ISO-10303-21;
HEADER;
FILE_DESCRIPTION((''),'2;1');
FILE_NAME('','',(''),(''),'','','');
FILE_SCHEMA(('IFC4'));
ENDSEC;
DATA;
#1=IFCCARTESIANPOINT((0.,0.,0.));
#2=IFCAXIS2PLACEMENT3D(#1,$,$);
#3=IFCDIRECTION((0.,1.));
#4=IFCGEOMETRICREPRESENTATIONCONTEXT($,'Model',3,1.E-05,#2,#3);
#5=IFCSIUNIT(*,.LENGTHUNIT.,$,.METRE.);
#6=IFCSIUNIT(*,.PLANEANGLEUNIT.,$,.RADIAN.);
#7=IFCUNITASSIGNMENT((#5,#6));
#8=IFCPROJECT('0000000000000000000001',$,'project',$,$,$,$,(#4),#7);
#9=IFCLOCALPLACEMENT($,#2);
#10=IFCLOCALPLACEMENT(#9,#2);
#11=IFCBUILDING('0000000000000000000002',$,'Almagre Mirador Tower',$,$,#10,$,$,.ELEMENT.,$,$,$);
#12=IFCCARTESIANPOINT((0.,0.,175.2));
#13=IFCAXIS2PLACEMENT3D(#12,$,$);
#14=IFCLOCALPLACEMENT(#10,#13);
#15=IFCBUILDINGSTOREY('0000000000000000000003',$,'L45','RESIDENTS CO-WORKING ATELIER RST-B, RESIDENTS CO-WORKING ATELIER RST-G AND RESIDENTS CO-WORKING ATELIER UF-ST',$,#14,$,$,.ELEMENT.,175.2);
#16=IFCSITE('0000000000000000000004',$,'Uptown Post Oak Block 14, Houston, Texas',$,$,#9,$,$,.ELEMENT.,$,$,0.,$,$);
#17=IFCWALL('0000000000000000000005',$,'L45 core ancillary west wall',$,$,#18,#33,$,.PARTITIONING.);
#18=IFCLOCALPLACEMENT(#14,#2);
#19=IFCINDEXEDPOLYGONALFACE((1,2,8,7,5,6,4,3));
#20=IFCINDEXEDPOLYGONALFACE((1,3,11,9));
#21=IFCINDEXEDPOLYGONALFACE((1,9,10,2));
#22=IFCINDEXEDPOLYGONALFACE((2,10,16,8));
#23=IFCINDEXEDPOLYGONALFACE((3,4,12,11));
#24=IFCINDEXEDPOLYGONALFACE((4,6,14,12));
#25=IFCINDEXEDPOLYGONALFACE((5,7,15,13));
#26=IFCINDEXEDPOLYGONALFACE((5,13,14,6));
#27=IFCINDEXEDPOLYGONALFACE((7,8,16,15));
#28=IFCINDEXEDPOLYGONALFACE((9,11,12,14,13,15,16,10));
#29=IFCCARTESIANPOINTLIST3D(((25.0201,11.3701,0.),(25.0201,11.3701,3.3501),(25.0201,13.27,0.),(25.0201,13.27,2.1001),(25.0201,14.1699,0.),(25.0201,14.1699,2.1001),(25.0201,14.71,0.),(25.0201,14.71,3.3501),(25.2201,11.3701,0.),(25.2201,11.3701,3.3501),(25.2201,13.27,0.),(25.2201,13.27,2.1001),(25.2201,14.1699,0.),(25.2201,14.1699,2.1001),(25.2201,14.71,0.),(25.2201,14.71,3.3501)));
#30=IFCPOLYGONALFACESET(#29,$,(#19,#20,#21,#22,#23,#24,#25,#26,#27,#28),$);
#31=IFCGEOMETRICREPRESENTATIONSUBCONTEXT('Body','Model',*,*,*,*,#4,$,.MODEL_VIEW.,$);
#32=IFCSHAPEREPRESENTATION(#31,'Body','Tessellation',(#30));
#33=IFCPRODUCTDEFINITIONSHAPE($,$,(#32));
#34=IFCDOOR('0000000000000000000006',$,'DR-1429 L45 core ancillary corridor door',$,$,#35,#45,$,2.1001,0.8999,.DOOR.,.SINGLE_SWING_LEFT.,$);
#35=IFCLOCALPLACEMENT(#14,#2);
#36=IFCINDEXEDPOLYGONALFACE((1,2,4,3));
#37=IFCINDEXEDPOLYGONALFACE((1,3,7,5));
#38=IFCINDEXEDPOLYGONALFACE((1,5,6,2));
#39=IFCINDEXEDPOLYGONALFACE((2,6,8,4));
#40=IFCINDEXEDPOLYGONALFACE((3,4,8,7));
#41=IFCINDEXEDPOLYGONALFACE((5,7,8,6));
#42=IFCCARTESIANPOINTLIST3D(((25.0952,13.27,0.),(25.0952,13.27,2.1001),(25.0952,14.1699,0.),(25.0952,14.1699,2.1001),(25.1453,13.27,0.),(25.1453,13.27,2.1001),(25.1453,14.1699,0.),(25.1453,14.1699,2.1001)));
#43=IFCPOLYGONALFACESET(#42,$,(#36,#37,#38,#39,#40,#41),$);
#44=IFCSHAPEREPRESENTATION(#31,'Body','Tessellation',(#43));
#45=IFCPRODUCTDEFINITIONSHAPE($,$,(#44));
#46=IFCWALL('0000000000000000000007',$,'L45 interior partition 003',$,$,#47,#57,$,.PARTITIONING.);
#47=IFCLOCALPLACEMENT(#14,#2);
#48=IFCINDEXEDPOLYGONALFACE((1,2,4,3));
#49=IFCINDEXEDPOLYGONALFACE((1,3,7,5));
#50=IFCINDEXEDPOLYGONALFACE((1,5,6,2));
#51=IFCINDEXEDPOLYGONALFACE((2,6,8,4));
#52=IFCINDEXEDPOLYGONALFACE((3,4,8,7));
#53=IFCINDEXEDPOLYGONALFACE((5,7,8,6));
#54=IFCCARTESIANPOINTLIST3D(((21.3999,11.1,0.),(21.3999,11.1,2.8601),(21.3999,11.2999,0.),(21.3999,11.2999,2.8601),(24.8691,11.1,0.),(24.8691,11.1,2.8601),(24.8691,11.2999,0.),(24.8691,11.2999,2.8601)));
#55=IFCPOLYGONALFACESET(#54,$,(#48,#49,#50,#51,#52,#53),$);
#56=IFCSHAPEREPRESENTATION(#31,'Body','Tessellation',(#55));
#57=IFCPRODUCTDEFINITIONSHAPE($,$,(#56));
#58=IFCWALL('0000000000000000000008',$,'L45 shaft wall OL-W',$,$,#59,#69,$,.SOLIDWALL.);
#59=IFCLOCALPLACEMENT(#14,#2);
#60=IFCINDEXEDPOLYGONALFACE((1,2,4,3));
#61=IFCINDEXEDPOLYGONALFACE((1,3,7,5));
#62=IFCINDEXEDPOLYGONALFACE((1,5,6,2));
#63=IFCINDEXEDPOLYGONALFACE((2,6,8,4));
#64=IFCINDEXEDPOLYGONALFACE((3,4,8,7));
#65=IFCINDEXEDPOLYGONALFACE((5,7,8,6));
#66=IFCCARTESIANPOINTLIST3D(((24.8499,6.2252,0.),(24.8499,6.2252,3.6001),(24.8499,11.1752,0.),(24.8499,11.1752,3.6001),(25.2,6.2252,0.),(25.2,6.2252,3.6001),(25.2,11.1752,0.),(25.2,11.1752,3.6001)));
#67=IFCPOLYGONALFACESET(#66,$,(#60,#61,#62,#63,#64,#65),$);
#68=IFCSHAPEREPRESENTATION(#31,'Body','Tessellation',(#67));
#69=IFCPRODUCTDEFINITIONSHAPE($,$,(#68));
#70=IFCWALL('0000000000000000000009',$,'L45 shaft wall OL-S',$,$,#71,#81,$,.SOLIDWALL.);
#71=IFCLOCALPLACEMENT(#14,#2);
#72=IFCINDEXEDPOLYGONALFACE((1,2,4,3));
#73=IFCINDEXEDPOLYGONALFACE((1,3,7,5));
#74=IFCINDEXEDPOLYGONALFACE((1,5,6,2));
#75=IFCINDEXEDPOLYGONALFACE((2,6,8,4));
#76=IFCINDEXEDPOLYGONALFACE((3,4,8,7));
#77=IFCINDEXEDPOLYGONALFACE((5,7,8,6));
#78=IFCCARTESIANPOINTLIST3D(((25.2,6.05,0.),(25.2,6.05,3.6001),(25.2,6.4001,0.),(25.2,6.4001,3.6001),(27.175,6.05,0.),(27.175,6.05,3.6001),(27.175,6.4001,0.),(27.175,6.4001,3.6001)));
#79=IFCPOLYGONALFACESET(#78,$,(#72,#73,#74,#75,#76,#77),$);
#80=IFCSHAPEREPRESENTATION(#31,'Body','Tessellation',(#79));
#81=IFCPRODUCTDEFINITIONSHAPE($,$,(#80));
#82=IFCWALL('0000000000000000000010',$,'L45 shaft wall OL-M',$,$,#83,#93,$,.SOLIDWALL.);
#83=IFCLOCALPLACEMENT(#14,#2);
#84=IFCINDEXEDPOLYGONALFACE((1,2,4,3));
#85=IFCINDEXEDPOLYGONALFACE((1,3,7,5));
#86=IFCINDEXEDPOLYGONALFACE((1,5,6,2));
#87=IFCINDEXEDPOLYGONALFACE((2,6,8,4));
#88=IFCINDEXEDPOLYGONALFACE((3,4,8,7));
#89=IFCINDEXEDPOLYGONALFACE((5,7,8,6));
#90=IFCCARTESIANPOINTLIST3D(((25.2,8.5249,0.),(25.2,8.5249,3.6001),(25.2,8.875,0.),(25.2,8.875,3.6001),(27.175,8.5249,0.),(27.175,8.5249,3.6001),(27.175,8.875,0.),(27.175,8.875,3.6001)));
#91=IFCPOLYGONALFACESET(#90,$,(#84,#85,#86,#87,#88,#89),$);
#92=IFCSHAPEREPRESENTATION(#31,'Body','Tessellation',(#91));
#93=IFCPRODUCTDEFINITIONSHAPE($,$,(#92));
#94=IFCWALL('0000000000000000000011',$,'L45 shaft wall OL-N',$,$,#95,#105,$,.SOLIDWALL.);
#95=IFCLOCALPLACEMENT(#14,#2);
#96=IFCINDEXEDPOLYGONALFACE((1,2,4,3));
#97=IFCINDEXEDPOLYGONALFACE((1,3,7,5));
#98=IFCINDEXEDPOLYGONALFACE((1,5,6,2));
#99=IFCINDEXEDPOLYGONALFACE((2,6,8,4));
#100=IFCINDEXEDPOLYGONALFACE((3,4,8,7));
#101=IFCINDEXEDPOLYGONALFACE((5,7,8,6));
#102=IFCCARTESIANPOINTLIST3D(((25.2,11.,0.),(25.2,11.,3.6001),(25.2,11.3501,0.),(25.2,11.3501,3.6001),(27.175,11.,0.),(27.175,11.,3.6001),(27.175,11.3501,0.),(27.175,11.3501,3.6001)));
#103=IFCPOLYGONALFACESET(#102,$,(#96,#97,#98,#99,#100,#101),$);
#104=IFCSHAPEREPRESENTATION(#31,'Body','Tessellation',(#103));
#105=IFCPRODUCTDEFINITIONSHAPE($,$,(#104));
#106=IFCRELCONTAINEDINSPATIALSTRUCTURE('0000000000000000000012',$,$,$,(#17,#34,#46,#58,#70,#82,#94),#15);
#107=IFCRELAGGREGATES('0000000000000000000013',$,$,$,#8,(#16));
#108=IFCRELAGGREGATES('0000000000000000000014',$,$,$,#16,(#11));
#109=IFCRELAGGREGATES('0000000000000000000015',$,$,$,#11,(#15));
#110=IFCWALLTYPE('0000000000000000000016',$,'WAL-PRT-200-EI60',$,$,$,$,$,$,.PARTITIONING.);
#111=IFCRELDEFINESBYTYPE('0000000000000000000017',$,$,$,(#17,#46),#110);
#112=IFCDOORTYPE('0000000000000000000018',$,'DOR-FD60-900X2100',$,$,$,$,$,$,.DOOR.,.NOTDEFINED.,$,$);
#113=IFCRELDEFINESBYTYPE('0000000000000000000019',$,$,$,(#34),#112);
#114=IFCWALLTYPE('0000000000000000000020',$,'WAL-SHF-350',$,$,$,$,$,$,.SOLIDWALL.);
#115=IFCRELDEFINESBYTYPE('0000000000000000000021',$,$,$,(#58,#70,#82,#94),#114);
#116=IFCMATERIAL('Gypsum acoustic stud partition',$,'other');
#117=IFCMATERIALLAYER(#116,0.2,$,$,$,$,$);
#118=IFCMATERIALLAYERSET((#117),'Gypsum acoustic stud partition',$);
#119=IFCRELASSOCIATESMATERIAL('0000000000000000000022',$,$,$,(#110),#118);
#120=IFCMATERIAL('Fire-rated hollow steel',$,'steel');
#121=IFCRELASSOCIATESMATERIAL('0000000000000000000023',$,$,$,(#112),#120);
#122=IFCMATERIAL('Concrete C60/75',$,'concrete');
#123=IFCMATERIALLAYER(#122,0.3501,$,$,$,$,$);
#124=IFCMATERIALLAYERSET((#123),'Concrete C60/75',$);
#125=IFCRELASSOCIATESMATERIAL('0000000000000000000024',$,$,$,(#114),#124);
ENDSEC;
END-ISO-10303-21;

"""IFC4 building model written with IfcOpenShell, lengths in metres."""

from ifc_helpers import new_model, si_unit, direction, frame, frame_2d, origin, place, context, subcontext, project, spatial, rectangle, extrude, material, layer, layer_set, type_object, element, fill, save


model = new_model("IFC4")

# Units and contexts
model_context = context("Model", 3, precision=1e-05, world=origin(), true_north=direction((0.0, 1.0)))
body_context = subcontext(model_context, "Body", "Model", "MODEL_VIEW")
ifc_project = project(units=[si_unit("LENGTHUNIT", "METRE"), si_unit("PLANEANGLEUNIT", "RADIAN")], contexts=[model_context])

# Site, building, storey
site_placement = place(None, origin())
site = spatial("IfcSite", under=ifc_project, at=site_placement, Name="Uptown Post Oak Block 14, Houston, Texas", CompositionType="ELEMENT", RefElevation=0.0)
building_placement = place(site_placement, origin())
building = spatial("IfcBuilding", under=site, at=building_placement, Name="Almagre Mirador Tower", CompositionType="ELEMENT")
storey_placement = place(building_placement, frame((0.0, 0.0, 175.2)))
storey = spatial("IfcBuildingStorey", under=building, at=storey_placement, Name="L45", Description="RESIDENTS CO-WORKING ATELIER RST-B, RESIDENTS CO-WORKING ATELIER RST-G AND RESIDENTS CO-WORKING ATELIER UF-ST", CompositionType="ELEMENT", Elevation=175.2)

# Wall, opening, door
ifc_material_1 = material(Name="Gypsum acoustic stud partition", Category="other")
ifc_layer_1 = layer(ifc_material_1, 0.2)
ifc_layer_set_1 = layer_set([ifc_layer_1], Name="Gypsum acoustic stud partition")
wall_type_1 = type_object("IfcWallType", Name="WAL-PRT-200-EI60", PredefinedType="PARTITIONING", material=ifc_layer_set_1)
wall_1_placement = place(storey_placement, frame((25.1201, 11.3701, 0.0), z_axis=(0.0, 0.0, 1.0), x_axis=(0.0, 1.0, 0.0)))
wall_1 = element("IfcWall", 1, at=wall_1_placement, inside=storey, type_object=wall_type_1, Name="L45 core ancillary west wall", PredefinedType="PARTITIONING", context=body_context, shape_type="SweptSolid", body=[
    extrude(rectangle(XDim=3.3398, YDim=0.2, at=frame_2d((1.6699, 0.0))), origin(), (0.0, 0.0, 1.0), 3.3501),
])
opening_1_placement = place(wall_1_placement, frame((1.8999, 0.0, 0.0)))
opening_1 = element("IfcOpeningElement", 2, at=opening_1_placement, cuts=wall_1, PredefinedType="OPENING", context=body_context, shape_type="SweptSolid", body=[
    extrude(rectangle(XDim=0.8999, YDim=2.1001, at=frame_2d((0.45, 1.05))), frame((0.0, 0.1101, 0.0), z_axis=(0.0, -1.0, 0.0), x_axis=(1.0, 0.0, 0.0)), (0.0, 0.0, 1.0), 0.22),
])
ifc_material_2 = material(Name="Fire-rated hollow steel", Category="steel")
door_type_1 = type_object("IfcDoorType", Name="DOR-FD60-900X2100", OperationType="NOTDEFINED", PredefinedType="DOOR", material=ifc_material_2)
door_1_placement = place(opening_1_placement, origin())
door_1 = element("IfcDoor", 3, at=door_1_placement, inside=storey, type_object=door_type_1, Name="DR-1429 L45 core ancillary corridor door", OperationType="SINGLE_SWING_LEFT", OverallHeight=2.1001, OverallWidth=0.8999, PredefinedType="DOOR", context=body_context, shape_type="SweptSolid", body=[
    extrude(rectangle(XDim=0.8999, YDim=2.1001, at=frame_2d((0.45, 1.05))), frame((0.0, 0.0249, 0.0), z_axis=(0.0, -1.0, 0.0), x_axis=(1.0, 0.0, 0.0)), (0.0, 0.0, 1.0), 0.05),
])
fill(opening_1, door_1)

# Walls
wall_2_placement = place(storey_placement, frame((21.3999, 11.2, 0.0), z_axis=(0.0, 0.0, 1.0), x_axis=(1.0, 0.0, 0.0)))
element("IfcWall", 4, at=wall_2_placement, inside=storey, type_object=wall_type_1, Name="L45 interior partition 003", PredefinedType="PARTITIONING", context=body_context, shape_type="SweptSolid", body=[
    extrude(rectangle(XDim=3.4692, YDim=0.2, at=frame_2d((1.7346, 0.0))), origin(), (0.0, 0.0, 1.0), 2.8601),
])
ifc_material_3 = material(Name="Concrete C60/75", Category="concrete")
ifc_layer_2 = layer(ifc_material_3, 0.3501)
ifc_layer_set_2 = layer_set([ifc_layer_2], Name="Concrete C60/75")
wall_type_2 = type_object("IfcWallType", Name="WAL-SHF-350", PredefinedType="SOLIDWALL", material=ifc_layer_set_2)
wall_3_placement = place(storey_placement, frame((25.0249, 6.2251, 0.0), z_axis=(0.0, 0.0, 1.0), x_axis=(0.0, 1.0, 0.0)))
element("IfcWall", 5, at=wall_3_placement, inside=storey, type_object=wall_type_2, Name="L45 shaft wall OL-W", PredefinedType="SOLIDWALL", context=body_context, shape_type="SweptSolid", body=[
    extrude(rectangle(XDim=4.95, YDim=0.3501, at=frame_2d((2.4751, 0.0))), origin(), (0.0, 0.0, 1.0), 3.6001),
])
for number, where, z_axis, x_axis, name in (
    (6, (25.2, 6.2251, 0.0), (0.0, 0.0, 1.0), (1.0, 0.0, 0.0), "L45 shaft wall OL-S"),
    (7, (25.2, 8.7, 0.0), (0.0, 0.0, 1.0), (1.0, 0.0, 0.0), "L45 shaft wall OL-M"),
    (8, (25.2, 11.175, 0.0), (0.0, 0.0, 1.0), (1.0, 0.0, 0.0), "L45 shaft wall OL-N"),
):
    element("IfcWall", number, at=place(storey_placement, frame(where, z_axis=z_axis, x_axis=x_axis)), inside=storey, type_object=wall_type_2, Name=name, PredefinedType="SOLIDWALL", context=body_context, shape_type="SweptSolid", body=[
        extrude(rectangle(XDim=1.9751, YDim=0.3501, at=frame_2d((0.9875, 0.0))), origin(), (0.0, 0.0, 1.0), 3.6001),
    ])

save(model, "model.ifc")
